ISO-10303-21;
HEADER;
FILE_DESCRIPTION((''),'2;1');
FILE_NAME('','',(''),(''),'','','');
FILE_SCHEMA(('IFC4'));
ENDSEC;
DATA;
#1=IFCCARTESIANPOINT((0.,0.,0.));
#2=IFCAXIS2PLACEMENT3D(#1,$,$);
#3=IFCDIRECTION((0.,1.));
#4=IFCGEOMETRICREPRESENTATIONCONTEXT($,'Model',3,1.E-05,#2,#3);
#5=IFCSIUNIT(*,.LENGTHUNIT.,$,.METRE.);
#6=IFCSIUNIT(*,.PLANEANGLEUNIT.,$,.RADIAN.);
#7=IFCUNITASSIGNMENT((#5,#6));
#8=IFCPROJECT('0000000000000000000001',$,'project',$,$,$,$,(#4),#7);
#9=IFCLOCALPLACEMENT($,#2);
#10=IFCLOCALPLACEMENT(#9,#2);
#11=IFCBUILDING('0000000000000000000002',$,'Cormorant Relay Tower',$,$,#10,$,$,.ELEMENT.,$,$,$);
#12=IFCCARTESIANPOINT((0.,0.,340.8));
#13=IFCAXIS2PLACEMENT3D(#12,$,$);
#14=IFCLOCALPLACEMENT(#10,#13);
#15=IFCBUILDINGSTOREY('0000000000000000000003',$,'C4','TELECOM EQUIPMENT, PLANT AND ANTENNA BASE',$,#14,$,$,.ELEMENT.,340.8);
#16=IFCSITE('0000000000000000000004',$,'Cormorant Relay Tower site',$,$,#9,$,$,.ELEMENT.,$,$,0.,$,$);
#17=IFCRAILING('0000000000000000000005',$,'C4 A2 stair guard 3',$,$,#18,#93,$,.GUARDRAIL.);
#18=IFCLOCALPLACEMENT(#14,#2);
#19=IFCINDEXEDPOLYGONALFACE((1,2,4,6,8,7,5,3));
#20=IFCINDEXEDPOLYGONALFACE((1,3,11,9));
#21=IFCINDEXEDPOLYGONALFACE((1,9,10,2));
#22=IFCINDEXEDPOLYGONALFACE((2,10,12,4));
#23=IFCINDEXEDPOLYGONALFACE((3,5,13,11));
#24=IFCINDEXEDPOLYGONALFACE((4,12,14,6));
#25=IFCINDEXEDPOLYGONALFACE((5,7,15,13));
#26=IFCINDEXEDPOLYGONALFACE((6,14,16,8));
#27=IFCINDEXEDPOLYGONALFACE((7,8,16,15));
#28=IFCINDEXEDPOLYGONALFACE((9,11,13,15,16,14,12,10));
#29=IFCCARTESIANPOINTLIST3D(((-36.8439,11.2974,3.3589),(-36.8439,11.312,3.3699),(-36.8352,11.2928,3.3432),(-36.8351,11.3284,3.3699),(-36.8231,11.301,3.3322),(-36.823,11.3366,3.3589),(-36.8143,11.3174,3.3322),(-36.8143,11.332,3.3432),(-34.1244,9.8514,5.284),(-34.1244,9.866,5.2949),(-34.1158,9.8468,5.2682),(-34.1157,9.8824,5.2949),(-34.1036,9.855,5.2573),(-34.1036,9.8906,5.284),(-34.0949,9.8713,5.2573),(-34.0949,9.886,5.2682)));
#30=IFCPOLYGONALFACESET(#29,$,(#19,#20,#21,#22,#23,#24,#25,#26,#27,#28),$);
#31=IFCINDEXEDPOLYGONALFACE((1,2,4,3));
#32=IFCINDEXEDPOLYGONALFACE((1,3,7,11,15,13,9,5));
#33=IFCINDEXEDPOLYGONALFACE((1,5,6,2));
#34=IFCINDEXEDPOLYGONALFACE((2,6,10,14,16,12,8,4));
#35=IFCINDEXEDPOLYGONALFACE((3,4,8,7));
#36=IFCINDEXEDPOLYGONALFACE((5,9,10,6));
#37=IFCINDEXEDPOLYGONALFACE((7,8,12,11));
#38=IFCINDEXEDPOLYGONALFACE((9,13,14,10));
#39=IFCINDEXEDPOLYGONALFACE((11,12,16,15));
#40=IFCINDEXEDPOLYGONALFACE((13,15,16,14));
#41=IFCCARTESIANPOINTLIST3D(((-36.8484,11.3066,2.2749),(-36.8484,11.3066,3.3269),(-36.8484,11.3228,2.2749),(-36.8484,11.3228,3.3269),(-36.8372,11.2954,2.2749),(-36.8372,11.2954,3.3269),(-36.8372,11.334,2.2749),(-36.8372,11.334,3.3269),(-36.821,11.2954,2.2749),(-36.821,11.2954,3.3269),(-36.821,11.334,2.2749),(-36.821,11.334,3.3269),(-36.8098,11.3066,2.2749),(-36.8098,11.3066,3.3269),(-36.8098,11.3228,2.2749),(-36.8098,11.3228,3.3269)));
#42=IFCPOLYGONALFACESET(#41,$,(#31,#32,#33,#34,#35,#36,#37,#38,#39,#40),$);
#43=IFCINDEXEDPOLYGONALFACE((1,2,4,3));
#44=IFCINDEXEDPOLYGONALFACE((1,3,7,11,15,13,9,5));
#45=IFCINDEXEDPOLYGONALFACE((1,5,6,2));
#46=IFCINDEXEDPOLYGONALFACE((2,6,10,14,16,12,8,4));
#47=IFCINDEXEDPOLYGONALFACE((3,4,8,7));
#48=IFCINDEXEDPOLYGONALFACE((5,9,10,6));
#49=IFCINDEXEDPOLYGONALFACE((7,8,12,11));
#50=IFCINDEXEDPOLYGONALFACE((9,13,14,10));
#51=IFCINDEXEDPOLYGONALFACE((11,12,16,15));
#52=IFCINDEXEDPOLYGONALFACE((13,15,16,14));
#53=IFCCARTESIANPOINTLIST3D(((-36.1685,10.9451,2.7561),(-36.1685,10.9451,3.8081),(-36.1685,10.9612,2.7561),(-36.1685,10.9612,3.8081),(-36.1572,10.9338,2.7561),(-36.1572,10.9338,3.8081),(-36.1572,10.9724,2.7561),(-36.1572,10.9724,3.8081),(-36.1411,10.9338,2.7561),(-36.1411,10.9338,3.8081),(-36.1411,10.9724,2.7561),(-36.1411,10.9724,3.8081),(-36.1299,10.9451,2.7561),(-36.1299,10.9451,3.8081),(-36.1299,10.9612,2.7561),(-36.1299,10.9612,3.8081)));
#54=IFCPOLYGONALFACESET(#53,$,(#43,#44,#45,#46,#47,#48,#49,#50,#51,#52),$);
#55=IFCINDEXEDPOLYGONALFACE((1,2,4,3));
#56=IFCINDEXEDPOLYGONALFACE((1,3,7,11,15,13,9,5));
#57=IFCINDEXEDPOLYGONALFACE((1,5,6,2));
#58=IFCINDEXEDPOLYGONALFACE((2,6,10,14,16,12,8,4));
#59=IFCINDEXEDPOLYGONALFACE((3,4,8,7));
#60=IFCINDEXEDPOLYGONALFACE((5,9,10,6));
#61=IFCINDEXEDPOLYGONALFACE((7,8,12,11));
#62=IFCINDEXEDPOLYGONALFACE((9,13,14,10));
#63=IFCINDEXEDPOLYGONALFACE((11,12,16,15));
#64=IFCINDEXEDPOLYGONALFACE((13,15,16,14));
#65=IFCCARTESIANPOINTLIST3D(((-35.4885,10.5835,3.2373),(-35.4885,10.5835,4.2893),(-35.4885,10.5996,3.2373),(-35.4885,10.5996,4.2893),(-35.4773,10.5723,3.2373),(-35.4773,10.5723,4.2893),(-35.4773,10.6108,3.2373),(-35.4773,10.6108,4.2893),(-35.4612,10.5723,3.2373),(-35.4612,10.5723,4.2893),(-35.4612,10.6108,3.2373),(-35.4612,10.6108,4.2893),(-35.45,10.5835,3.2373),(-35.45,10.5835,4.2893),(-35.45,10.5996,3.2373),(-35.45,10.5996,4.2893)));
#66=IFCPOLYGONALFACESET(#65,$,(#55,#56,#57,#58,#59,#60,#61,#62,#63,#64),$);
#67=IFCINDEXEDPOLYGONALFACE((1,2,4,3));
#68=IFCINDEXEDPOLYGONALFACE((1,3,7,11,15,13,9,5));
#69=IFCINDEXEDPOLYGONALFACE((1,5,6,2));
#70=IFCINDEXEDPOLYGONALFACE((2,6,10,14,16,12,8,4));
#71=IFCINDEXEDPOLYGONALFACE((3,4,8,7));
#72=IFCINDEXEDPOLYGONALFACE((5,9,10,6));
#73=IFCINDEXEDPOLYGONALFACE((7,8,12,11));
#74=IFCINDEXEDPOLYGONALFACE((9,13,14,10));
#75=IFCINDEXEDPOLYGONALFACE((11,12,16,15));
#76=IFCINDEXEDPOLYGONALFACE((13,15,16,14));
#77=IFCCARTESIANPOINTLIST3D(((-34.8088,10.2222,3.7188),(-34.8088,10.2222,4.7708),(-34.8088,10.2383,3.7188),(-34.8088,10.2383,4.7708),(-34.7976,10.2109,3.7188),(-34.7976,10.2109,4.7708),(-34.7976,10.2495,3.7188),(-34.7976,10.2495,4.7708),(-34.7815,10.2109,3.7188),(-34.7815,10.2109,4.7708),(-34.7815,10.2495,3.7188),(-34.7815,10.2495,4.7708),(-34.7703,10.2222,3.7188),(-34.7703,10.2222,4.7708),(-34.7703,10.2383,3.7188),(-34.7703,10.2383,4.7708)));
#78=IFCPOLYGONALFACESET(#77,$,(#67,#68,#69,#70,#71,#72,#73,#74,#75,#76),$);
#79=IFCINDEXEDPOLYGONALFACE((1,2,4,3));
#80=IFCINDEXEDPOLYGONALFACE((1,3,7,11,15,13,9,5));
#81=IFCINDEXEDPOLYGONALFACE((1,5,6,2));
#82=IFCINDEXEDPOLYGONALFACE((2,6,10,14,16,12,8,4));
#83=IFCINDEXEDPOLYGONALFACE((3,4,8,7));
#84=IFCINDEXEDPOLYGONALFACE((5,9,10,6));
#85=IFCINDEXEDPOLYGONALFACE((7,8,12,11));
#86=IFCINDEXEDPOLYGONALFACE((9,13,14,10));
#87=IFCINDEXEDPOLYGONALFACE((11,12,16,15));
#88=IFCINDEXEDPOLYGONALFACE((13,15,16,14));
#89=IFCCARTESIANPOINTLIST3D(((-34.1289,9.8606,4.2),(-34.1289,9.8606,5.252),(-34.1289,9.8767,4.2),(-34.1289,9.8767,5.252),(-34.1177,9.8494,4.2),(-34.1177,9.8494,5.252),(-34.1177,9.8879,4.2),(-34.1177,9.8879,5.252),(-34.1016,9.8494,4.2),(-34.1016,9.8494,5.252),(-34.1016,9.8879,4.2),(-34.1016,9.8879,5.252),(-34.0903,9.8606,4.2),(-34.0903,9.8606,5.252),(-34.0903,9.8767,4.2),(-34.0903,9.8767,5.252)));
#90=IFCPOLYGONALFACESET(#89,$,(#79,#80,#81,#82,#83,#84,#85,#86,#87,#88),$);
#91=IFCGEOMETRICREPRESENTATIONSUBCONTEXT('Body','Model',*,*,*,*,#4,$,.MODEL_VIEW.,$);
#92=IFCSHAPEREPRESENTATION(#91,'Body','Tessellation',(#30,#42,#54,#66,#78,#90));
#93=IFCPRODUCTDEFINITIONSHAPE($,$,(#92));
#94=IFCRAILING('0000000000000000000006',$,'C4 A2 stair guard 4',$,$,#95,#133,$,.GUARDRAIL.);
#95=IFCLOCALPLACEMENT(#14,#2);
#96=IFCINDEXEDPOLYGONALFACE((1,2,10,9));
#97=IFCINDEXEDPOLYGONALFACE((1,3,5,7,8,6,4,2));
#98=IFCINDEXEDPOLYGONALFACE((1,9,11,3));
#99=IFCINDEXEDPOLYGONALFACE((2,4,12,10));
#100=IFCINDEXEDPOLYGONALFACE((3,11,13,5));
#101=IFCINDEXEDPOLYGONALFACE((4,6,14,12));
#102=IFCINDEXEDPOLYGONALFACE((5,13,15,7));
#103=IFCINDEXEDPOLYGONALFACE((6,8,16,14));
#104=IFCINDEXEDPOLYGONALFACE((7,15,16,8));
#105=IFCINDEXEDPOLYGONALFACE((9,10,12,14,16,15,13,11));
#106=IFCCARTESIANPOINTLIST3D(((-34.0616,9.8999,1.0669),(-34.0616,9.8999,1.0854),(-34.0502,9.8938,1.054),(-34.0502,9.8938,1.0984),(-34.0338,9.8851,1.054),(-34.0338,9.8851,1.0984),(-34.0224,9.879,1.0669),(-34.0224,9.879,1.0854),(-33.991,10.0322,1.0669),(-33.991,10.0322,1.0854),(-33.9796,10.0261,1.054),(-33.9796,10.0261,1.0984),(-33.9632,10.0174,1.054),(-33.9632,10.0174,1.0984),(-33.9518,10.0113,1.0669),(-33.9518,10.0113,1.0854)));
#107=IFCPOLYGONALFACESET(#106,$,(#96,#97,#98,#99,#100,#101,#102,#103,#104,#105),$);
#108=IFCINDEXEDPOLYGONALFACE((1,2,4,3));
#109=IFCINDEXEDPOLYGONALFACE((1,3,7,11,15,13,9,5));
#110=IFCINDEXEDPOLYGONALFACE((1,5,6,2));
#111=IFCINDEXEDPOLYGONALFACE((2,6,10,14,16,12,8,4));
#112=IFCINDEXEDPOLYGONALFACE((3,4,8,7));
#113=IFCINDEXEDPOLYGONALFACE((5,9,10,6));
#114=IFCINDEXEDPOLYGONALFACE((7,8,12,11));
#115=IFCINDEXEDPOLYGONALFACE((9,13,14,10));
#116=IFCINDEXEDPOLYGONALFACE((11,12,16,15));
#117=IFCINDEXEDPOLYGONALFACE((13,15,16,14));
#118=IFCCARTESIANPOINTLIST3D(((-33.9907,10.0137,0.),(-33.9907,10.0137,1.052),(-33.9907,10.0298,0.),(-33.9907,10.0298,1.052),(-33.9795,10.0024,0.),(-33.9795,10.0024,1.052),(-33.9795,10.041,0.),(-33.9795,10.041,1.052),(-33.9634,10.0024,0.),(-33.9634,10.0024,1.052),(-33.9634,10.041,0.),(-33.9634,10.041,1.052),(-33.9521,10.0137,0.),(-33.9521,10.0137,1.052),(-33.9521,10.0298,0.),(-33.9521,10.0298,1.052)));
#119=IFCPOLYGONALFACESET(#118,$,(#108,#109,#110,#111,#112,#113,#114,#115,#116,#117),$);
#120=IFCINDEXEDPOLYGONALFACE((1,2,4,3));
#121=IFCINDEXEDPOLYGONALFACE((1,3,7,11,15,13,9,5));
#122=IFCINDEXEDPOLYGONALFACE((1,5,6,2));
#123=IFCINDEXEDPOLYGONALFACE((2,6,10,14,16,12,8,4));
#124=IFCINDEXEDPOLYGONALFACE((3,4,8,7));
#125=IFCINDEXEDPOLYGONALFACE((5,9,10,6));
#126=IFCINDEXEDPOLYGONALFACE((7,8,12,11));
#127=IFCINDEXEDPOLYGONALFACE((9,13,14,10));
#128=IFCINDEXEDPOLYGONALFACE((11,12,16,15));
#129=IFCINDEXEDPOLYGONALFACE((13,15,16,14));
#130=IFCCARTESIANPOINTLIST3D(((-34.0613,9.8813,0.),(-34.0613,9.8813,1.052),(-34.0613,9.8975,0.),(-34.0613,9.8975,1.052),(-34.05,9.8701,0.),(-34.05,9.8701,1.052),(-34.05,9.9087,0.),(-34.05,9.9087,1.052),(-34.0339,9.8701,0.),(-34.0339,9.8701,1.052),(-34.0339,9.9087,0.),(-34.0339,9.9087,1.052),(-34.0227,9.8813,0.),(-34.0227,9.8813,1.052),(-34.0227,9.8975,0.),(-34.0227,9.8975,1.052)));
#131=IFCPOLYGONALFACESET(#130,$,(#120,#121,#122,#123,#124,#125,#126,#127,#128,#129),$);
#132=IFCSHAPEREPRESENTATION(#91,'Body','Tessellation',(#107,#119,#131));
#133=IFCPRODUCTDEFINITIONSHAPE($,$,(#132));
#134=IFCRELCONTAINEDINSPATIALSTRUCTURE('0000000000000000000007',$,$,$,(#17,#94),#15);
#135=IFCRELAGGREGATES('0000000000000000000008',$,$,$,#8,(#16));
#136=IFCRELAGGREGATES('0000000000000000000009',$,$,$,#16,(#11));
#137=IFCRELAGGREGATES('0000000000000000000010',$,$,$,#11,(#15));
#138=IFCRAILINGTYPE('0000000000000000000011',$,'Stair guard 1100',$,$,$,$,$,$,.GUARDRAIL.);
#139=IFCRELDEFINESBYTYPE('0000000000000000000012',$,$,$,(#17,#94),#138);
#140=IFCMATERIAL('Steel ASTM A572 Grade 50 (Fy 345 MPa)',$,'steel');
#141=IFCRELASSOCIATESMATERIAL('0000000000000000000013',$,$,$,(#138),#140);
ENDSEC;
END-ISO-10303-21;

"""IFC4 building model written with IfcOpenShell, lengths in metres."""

from ifc_helpers import new_model, si_unit, direction, frame, origin, place, context, subcontext, project, spatial, polyline, outline, extrude, material, type_object, element, save


model = new_model("IFC4")

# Units and contexts
model_context = context("Model", 3, precision=1e-05, world=origin(), true_north=direction((0.0, 1.0)))
body_context = subcontext(model_context, "Body", "Model", "MODEL_VIEW")
ifc_project = project(units=[si_unit("LENGTHUNIT", "METRE"), si_unit("PLANEANGLEUNIT", "RADIAN")], contexts=[model_context])

# Site, building, storey
site_placement = place(None, origin())
site = spatial("IfcSite", under=ifc_project, at=site_placement, Name="Cormorant Relay Tower site", CompositionType="ELEMENT", RefElevation=0.0)
building_placement = place(site_placement, origin())
building = spatial("IfcBuilding", under=site, at=building_placement, Name="Cormorant Relay Tower", CompositionType="ELEMENT")
storey_placement = place(building_placement, frame((0.0, 0.0, 340.8)))
storey = spatial("IfcBuildingStorey", under=building, at=storey_placement, Name="C4", Description="TELECOM EQUIPMENT, PLANT AND ANTENNA BASE", CompositionType="ELEMENT", Elevation=340.8)

# Railings
ifc_material_1 = material(Name="Steel ASTM A572 Grade 50 (Fy 345 MPa)", Category="steel")
railing_type_1 = type_object("IfcRailingType", Name="Stair guard 1100", PredefinedType="GUARDRAIL", material=ifc_material_1)
railing_1_placement = place(storey_placement, frame((-36.8291, 11.3147, 2.2749)))
element("IfcRailing", 1, at=railing_1_placement, inside=storey, type_object=railing_type_1, Name="C4 A2 stair guard 3", PredefinedType="GUARDRAIL", context=body_context, shape_type="SweptSolid", body=[
    extrude(outline(polyline([(0.0222, 0.0093), (0.0093, 0.0222), (-0.0093, 0.0222), (-0.0222, 0.0093), (-0.0222, -0.0093), (-0.0093, -0.0222), (0.0093, -0.0222), (0.0222, -0.0093), (0.0222, 0.0093)])), frame((0.0, 0.0, 1.0762), z_axis=(0.748727, -0.398125, 0.530004), x_axis=(0.469489, 0.882938, 0.0)), (0.0, 0.0, 1.0), 3.6321),
    extrude(outline(polyline([(0.0193, 0.0081), (0.0081, 0.0193), (-0.0081, 0.0193), (-0.0193, 0.0081), (-0.0193, -0.0081), (-0.0081, -0.0193), (0.0081, -0.0193), (0.0193, -0.0081), (0.0193, 0.0081)])), origin(), (0.0, 0.0, 1.0), 1.052),
    extrude(outline(polyline([(0.0193, 0.0081), (0.0081, 0.0193), (-0.0081, 0.0193), (-0.0193, 0.0081), (-0.0193, -0.0081), (-0.0081, -0.0193), (0.0081, -0.0193), (0.0193, -0.0081), (0.0193, 0.0081)])), frame((0.6799, -0.3616, 0.4812)), (0.0, 0.0, 1.0), 1.052),
    extrude(outline(polyline([(0.0193, 0.0081), (0.0081, 0.0193), (-0.0081, 0.0193), (-0.0193, 0.0081), (-0.0193, -0.0081), (-0.0081, -0.0193), (0.0081, -0.0193), (0.0193, -0.0081), (0.0193, 0.0081)])), frame((1.3599, -0.7231, 0.9624)), (0.0, 0.0, 1.0), 1.052),
    extrude(outline(polyline([(0.0193, 0.0081), (0.0081, 0.0193), (-0.0081, 0.0193), (-0.0193, 0.0081), (-0.0193, -0.0081), (-0.0081, -0.0193), (0.0081, -0.0193), (0.0193, -0.0081), (0.0193, 0.0081)])), frame((2.0396, -1.0845, 1.4438)), (0.0, 0.0, 1.0), 1.052),
    extrude(outline(polyline([(0.0193, 0.0081), (0.0081, 0.0193), (-0.0081, 0.0193), (-0.0193, 0.0081), (-0.0193, -0.0081), (-0.0081, -0.0193), (0.0081, -0.0193), (0.0193, -0.0081), (0.0193, 0.0081)])), frame((2.7195, -1.446, 1.925)), (0.0, 0.0, 1.0), 1.052),
])
railing_2_placement = place(storey_placement, frame((-33.9714, 10.0217, 0.0)))
element("IfcRailing", 2, at=railing_2_placement, inside=storey, type_object=railing_type_1, Name="C4 A2 stair guard 4", PredefinedType="GUARDRAIL", context=body_context, shape_type="SweptSolid", body=[
    extrude(outline(polyline([(0.0222, 0.0093), (0.0093, 0.0222), (-0.0093, 0.0222), (-0.0222, 0.0093), (-0.0222, -0.0093), (-0.0093, -0.0222), (0.0093, -0.0222), (0.0222, -0.0093), (0.0222, 0.0093)])), frame((0.0, 0.0, 1.0762), z_axis=(-0.470504, -0.882398, 0.0), x_axis=(0.882398, -0.470504, 0.0)), (0.0, 0.0, 1.0), 0.1499),
    extrude(outline(polyline([(0.0193, 0.0081), (0.0081, 0.0193), (-0.0081, 0.0193), (-0.0193, 0.0081), (-0.0193, -0.0081), (-0.0081, -0.0193), (0.0081, -0.0193), (0.0193, -0.0081), (0.0193, 0.0081)])), origin(), (0.0, 0.0, 1.0), 1.052),
    extrude(outline(polyline([(0.0193, 0.0081), (0.0081, 0.0193), (-0.0081, 0.0193), (-0.0193, 0.0081), (-0.0193, -0.0081), (-0.0081, -0.0193), (0.0081, -0.0193), (0.0193, -0.0081), (0.0193, 0.0081)])), frame((-0.0706, -0.1323, 0.0)), (0.0, 0.0, 1.0), 1.052),
])

save(model, "model.ifc")
